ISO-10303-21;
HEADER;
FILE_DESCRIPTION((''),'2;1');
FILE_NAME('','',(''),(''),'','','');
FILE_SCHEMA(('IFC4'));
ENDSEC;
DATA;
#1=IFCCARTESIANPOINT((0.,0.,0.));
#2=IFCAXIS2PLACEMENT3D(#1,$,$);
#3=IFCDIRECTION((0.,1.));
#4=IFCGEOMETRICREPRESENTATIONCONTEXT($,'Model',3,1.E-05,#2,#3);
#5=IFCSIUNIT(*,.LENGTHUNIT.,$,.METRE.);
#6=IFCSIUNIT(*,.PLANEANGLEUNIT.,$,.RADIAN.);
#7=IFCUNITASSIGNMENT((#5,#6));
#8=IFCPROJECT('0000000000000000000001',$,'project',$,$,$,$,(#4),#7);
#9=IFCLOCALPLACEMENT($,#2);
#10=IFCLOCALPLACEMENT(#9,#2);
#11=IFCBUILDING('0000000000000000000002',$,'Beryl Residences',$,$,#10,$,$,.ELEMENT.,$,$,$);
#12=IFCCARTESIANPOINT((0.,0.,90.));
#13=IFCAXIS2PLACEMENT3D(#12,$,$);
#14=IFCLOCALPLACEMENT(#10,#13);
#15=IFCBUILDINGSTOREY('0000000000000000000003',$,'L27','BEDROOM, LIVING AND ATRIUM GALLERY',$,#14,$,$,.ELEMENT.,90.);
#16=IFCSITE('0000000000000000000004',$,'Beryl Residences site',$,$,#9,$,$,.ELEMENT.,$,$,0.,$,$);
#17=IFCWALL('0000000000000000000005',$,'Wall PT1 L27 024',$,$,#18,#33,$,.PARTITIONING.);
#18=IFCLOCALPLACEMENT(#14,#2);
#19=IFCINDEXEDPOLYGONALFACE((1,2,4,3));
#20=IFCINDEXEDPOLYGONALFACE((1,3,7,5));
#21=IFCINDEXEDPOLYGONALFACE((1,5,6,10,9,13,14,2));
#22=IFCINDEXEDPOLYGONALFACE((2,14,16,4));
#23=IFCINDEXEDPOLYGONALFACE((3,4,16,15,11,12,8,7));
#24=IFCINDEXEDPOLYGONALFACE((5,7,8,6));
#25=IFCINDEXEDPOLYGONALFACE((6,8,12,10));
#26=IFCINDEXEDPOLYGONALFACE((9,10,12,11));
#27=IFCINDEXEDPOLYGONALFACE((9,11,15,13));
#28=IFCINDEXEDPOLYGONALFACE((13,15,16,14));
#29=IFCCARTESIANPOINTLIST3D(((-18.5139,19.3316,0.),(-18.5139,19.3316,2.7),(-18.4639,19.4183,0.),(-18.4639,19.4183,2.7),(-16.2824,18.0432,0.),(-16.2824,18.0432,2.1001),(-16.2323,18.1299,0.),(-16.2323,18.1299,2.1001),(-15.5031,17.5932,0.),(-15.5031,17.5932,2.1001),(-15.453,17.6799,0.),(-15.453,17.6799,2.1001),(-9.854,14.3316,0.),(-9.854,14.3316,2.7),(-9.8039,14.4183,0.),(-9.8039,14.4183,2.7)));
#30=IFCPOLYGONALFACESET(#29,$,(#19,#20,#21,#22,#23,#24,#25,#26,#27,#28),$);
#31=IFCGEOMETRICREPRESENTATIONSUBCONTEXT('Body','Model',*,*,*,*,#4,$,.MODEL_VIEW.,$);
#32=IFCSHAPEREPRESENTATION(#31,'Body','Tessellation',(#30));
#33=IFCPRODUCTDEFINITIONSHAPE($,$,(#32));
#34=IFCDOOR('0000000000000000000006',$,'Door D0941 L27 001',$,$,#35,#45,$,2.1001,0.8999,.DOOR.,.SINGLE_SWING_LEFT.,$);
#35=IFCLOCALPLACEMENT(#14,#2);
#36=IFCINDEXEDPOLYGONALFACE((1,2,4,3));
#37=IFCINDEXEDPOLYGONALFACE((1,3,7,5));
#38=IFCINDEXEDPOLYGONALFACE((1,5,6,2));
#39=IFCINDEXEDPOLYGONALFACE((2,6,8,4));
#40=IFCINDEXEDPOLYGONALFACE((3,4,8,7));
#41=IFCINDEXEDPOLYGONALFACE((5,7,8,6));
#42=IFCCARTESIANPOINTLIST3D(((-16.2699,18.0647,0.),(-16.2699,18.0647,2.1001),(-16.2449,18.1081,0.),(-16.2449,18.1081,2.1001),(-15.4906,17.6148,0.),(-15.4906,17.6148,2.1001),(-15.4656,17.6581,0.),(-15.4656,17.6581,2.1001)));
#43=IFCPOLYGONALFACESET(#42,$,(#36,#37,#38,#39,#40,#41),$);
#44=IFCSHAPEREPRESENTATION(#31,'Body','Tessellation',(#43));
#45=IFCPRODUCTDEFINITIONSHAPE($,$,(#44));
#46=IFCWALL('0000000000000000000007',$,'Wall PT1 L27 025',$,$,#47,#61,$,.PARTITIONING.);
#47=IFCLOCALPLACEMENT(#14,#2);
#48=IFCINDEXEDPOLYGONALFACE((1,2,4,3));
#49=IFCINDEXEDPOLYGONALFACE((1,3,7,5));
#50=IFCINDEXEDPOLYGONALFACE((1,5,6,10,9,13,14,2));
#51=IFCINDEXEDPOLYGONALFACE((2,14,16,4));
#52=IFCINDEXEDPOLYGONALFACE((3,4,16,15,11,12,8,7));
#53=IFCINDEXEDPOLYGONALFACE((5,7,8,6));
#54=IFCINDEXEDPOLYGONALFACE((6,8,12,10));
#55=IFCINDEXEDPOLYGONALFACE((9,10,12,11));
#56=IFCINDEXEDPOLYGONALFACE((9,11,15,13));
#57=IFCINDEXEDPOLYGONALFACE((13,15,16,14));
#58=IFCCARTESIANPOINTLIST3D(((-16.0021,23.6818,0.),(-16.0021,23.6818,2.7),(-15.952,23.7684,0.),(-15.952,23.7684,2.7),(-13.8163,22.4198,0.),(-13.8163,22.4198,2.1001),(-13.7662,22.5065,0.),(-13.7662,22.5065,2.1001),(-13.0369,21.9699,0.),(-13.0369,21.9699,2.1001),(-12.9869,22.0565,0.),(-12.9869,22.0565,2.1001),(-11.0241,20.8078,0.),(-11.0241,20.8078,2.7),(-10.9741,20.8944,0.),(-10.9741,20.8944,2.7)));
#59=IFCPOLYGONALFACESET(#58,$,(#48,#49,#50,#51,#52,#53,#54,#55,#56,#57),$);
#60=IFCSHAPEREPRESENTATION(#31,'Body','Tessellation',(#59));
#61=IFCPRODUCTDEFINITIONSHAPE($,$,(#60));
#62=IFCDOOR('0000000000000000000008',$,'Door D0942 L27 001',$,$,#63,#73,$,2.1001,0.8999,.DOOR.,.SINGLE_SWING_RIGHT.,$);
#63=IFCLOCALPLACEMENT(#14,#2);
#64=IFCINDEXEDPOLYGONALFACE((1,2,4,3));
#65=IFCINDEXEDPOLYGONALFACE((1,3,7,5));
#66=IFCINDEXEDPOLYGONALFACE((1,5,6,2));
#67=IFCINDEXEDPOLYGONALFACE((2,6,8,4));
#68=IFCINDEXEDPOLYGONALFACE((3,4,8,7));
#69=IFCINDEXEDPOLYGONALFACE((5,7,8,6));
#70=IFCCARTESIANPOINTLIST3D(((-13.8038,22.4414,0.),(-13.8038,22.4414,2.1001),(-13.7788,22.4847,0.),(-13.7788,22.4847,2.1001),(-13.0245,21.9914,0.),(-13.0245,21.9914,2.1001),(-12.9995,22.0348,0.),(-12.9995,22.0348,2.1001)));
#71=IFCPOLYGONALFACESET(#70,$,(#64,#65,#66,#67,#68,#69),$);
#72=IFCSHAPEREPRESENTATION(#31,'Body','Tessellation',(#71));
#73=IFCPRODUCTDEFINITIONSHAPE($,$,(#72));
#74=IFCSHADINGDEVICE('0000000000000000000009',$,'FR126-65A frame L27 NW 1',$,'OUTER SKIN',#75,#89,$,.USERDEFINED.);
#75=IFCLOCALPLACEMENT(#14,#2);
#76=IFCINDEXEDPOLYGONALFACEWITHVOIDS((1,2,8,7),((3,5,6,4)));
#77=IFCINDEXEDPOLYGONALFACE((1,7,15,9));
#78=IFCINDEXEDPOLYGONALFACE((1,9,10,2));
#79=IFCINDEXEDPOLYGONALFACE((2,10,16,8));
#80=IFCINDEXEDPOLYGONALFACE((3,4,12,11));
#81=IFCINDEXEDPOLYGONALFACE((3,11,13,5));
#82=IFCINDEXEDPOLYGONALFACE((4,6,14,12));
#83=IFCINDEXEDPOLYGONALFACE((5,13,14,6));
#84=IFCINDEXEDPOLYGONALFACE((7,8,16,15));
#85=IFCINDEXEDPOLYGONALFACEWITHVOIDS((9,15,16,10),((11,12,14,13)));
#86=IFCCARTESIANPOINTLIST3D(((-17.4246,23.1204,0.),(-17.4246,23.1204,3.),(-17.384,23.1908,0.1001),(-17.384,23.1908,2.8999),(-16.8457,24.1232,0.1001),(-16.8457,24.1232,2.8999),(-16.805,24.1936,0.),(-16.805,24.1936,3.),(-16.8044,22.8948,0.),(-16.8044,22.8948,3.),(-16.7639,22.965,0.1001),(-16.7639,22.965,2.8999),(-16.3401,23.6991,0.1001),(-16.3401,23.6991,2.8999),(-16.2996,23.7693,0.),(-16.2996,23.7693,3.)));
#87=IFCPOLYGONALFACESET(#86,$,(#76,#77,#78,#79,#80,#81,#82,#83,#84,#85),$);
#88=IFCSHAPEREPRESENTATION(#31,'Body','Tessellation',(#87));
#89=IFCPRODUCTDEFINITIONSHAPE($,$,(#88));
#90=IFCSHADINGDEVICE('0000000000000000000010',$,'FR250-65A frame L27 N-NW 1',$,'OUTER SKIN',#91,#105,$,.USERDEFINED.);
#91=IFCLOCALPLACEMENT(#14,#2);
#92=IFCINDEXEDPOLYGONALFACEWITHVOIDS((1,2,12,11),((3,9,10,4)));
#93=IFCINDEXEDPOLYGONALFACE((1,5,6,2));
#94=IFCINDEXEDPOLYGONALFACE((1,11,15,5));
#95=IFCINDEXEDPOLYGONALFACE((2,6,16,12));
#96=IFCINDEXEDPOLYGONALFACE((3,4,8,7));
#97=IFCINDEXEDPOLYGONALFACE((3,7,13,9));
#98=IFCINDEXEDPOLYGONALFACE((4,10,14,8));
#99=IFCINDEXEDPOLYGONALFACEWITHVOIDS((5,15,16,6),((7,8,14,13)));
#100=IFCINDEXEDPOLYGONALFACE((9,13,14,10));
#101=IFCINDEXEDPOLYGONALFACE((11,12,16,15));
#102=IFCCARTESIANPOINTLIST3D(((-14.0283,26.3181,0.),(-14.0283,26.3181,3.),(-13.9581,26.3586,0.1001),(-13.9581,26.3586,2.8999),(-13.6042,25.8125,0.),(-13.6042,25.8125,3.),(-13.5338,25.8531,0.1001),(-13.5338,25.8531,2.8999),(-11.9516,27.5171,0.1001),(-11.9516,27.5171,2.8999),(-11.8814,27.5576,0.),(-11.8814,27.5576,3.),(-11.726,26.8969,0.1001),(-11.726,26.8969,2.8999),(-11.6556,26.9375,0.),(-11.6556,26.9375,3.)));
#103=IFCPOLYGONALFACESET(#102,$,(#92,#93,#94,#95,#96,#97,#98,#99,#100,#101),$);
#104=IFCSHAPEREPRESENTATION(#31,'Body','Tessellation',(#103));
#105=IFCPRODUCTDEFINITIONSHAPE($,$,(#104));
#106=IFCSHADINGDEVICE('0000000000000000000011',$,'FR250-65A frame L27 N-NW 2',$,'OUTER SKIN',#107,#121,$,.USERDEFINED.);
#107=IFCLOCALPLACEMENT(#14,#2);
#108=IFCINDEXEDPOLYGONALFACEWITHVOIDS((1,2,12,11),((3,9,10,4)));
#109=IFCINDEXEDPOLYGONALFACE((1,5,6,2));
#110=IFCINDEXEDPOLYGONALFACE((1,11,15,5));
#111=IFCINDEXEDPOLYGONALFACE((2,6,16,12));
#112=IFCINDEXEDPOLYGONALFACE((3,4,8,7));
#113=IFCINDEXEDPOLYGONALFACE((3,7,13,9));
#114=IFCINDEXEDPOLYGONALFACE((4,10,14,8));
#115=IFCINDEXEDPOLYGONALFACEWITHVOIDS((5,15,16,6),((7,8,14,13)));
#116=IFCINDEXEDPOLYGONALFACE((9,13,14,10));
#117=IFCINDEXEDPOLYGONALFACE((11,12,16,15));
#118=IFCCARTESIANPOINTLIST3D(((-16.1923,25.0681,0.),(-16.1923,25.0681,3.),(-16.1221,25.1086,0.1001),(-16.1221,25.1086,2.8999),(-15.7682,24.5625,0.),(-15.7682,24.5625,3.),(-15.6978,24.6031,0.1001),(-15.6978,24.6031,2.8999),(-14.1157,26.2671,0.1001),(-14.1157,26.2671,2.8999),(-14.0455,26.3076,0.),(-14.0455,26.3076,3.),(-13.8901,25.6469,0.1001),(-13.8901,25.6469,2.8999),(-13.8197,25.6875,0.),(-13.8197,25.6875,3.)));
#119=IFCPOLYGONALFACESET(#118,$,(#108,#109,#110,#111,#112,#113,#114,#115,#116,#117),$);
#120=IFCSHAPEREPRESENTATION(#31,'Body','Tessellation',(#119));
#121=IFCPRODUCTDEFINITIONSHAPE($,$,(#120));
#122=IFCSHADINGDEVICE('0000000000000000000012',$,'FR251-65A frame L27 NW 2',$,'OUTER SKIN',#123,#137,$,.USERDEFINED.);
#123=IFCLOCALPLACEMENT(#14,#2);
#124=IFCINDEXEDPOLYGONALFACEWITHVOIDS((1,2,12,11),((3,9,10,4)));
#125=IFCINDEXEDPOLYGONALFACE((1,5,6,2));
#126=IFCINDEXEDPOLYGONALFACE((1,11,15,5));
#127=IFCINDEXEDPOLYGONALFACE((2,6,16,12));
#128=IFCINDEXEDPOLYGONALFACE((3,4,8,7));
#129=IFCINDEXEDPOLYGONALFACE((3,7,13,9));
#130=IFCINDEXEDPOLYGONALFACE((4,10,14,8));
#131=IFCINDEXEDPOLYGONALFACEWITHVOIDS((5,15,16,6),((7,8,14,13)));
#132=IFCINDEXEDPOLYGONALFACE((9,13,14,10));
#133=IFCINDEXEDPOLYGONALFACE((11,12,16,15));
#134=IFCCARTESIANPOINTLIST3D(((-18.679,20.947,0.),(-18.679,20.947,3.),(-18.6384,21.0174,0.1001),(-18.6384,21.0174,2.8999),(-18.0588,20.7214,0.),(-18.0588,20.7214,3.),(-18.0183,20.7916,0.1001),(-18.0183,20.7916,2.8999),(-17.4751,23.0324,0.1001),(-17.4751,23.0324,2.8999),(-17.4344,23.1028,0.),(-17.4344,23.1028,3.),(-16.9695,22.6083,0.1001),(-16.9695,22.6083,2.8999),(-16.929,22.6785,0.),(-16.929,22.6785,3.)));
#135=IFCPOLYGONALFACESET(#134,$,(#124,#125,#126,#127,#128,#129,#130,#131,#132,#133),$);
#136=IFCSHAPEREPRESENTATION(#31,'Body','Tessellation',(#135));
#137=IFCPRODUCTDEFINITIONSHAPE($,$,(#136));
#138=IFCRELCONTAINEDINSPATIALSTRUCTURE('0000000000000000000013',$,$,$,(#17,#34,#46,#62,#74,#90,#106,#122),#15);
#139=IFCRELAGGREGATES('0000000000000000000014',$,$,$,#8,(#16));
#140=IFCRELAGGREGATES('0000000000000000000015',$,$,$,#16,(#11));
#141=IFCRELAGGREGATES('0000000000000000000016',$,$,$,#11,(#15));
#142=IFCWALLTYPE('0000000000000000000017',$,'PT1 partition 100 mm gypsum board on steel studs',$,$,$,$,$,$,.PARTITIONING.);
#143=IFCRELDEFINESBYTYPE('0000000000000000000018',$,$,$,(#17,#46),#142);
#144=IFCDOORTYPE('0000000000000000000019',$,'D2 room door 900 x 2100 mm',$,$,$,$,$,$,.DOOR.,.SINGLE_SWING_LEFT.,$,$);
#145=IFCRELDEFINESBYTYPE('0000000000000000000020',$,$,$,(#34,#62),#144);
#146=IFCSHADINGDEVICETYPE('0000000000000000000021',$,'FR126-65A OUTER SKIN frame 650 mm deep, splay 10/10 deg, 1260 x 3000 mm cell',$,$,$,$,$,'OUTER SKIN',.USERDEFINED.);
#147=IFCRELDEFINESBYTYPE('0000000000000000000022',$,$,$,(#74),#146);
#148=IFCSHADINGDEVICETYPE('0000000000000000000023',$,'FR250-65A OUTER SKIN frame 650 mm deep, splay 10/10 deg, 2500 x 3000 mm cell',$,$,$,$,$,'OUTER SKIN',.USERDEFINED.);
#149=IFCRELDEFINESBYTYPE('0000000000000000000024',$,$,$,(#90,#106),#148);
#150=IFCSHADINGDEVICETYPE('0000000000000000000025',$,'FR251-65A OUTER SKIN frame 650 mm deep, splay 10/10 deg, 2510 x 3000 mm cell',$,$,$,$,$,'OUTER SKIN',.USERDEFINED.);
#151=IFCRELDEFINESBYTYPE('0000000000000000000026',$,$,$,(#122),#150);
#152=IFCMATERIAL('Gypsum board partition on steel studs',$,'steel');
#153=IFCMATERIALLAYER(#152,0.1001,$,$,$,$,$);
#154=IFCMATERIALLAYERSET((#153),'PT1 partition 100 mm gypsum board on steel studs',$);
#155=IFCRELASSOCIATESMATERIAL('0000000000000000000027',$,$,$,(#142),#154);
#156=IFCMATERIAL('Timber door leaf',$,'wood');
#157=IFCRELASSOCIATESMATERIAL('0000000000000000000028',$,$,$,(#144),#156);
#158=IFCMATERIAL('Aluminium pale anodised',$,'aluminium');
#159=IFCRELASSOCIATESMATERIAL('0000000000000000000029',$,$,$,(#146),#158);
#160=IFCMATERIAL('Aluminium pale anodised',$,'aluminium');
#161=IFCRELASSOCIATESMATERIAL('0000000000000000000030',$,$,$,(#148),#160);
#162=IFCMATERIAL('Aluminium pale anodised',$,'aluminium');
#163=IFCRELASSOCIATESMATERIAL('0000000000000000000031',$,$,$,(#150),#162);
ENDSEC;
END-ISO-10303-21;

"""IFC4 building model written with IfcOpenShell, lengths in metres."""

from ifc_helpers import new_model, entity, si_unit, direction, frame, frame_2d, origin, place, context, subcontext, project, spatial, rectangle, extrude, source, transform, mapped, material, layer, layer_set, type_object, type_shapes, element, fill, save


model = new_model("IFC4")

# Units and contexts
model_context = context("Model", 3, precision=1e-05, world=origin(), true_north=direction((0.0, 1.0)))
body_context = subcontext(model_context, "Body", "Model", "MODEL_VIEW")
ifc_project = project(units=[si_unit("LENGTHUNIT", "METRE"), si_unit("PLANEANGLEUNIT", "RADIAN")], contexts=[model_context])

# Site, building, storey
site_placement = place(None, origin())
site = spatial("IfcSite", under=ifc_project, at=site_placement, Name="Beryl Residences site", CompositionType="ELEMENT", RefElevation=0.0)
building_placement = place(site_placement, origin())
building = spatial("IfcBuilding", under=site, at=building_placement, Name="Beryl Residences", CompositionType="ELEMENT")
storey_placement = place(building_placement, frame((0.0, 0.0, 90.0)))
storey = spatial("IfcBuildingStorey", under=building, at=storey_placement, Name="L27", Description="BEDROOM, LIVING AND ATRIUM GALLERY", CompositionType="ELEMENT", Elevation=90.0)

# Walls, openings, doors
ifc_material_1 = material(Name="Gypsum board partition on steel studs", Category="steel")
ifc_layer_1 = layer(ifc_material_1, 0.1001)
ifc_layer_set_1 = layer_set([ifc_layer_1], Name="PT1 partition 100 mm gypsum board on steel studs")
wall_type_1 = type_object("IfcWallType", Name="PT1 partition 100 mm gypsum board on steel studs", PredefinedType="PARTITIONING", material=ifc_layer_set_1)
wall_1_placement = place(storey_placement, frame((-18.489, 19.375, 0.0), z_axis=(0.0, 0.0, 1.0), x_axis=(0.866017, -0.500015, 0.0)))
wall_1 = element("IfcWall", 1, at=wall_1_placement, inside=storey, type_object=wall_type_1, Name="Wall PT1 L27 024", PredefinedType="PARTITIONING", context=body_context, shape_type="SweptSolid", body=[
    extrude(rectangle(XDim=9.9998, YDim=0.1001, at=frame_2d((5.0, 0.0))), origin(), (0.0, 0.0, 1.0), 2.7),
])
opening_1_placement = place(wall_1_placement, frame((2.5769, 0.0, 0.0)))
opening_1 = element("IfcOpeningElement", 2, at=opening_1_placement, cuts=wall_1, PredefinedType="OPENING", context=body_context, shape_type="SweptSolid", body=[
    extrude(rectangle(XDim=0.8999, YDim=2.1001, at=frame_2d((0.45, 1.05))), frame((0.0, 0.0601, 0.0), z_axis=(0.0, -1.0, 0.0), x_axis=(1.0, 0.0, 0.0)), (0.0, 0.0, 1.0), 0.1201),
])
ifc_material_2 = material(Name="Timber door leaf", Category="wood")
door_type = type_object("IfcDoorType", Name="D2 room door 900 x 2100 mm", OperationType="SINGLE_SWING_LEFT", PredefinedType="DOOR", material=ifc_material_2)
door_1_placement = place(opening_1_placement, origin())
door_1 = element("IfcDoor", 3, at=door_1_placement, inside=storey, type_object=door_type, Name="Door D0941 L27 001", OperationType="SINGLE_SWING_LEFT", OverallHeight=2.1001, OverallWidth=0.8999, PredefinedType="DOOR", context=body_context, shape_type="SweptSolid", body=[
    extrude(rectangle(XDim=0.8999, YDim=2.1001, at=frame_2d((0.45, 1.05))), frame((0.0, 0.0249, 0.0), z_axis=(0.0, -1.0, 0.0), x_axis=(1.0, 0.0, 0.0)), (0.0, 0.0, 1.0), 0.05),
])
fill(opening_1, door_1)
wall_2_placement = place(storey_placement, frame((-15.9771, 23.7251, 0.0), z_axis=(0.0, 0.0, 1.0), x_axis=(0.866029, -0.499995, 0.0)))
wall_2 = element("IfcWall", 4, at=wall_2_placement, inside=storey, type_object=wall_type_1, Name="Wall PT1 L27 025", PredefinedType="PARTITIONING", context=body_context, shape_type="SweptSolid", body=[
    extrude(rectangle(XDim=5.748, YDim=0.1001, at=frame_2d((2.874, 0.0))), origin(), (0.0, 0.0, 1.0), 2.7),
])
opening_2_placement = place(wall_2_placement, frame((2.5239, 0.0, 0.0)))
opening_2 = element("IfcOpeningElement", 5, at=opening_2_placement, cuts=wall_2, PredefinedType="OPENING", context=body_context, shape_type="SweptSolid", body=[
    extrude(rectangle(XDim=0.8999, YDim=2.1001, at=frame_2d((0.45, 1.05))), frame((0.0, 0.0601, 0.0), z_axis=(0.0, -1.0, 0.0), x_axis=(1.0, 0.0, 0.0)), (0.0, 0.0, 1.0), 0.1201),
])
door_2_placement = place(opening_2_placement, origin())
door_2 = element("IfcDoor", 6, at=door_2_placement, inside=storey, type_object=door_type, Name="Door D0942 L27 001", OperationType="SINGLE_SWING_RIGHT", OverallHeight=2.1001, OverallWidth=0.8999, PredefinedType="DOOR", context=body_context, shape_type="SweptSolid", body=[
    extrude(rectangle(XDim=0.8999, YDim=2.1001, at=frame_2d((0.45, 1.05))), frame((0.0, 0.0249, 0.0), z_axis=(0.0, -1.0, 0.0), x_axis=(1.0, 0.0, 0.0)), (0.0, 0.0, 1.0), 0.05),
])
fill(opening_2, door_2)

# Shading devices
ifc_material_3 = material(Name="Aluminium pale anodised", Category="aluminium")
shading_device_type_1 = type_object("IfcShadingDeviceType", Name="FR126-65A OUTER SKIN frame 650 mm deep, splay 10/10 deg, 1260 x 3000 mm cell", ElementType="OUTER SKIN", PredefinedType="USERDEFINED", material=ifc_material_3)
cartesian_point_1 = entity("IfcCartesianPoint", [-0.5049, 0.0])
cartesian_point_2 = entity("IfcCartesianPoint", [-0.4238, 0.1001])
cartesian_point_3 = entity("IfcCartesianPoint", [-0.6196, 0.0])
cartesian_point_4 = entity("IfcCartesianPoint", [-0.5383, 0.1001])
shared_shape_1 = source(origin(), body_context, "Body", "SweptSolid", [
    entity("IfcExtrudedAreaSolidTapered", entity("IfcArbitraryProfileDefWithVoids", "AREA", None, entity("IfcPolyline", [cartesian_point_1, entity("IfcCartesianPoint", [0.5049, 0.0]), entity("IfcCartesianPoint", [0.5049, 3.0]), entity("IfcCartesianPoint", [-0.5049, 3.0]), cartesian_point_1]), [entity("IfcPolyline", [cartesian_point_2, entity("IfcCartesianPoint", [0.4238, 0.1001]), entity("IfcCartesianPoint", [0.4238, 2.8999]), entity("IfcCartesianPoint", [-0.4238, 2.8999]), cartesian_point_2])]), entity("IfcAxis2Placement3D", entity("IfcCartesianPoint", [0.0, 0.0, 0.0]), entity("IfcDirection", [0.0, 1.0, 0.0]), entity("IfcDirection", [-1.0, 0.0, 0.0])), entity("IfcDirection", [0.0, 0.0, 1.0]), 0.6499, entity("IfcArbitraryProfileDefWithVoids", "AREA", None, entity("IfcPolyline", [cartesian_point_3, entity("IfcCartesianPoint", [0.6196, 0.0]), entity("IfcCartesianPoint", [0.6196, 3.0]), entity("IfcCartesianPoint", [-0.6196, 3.0]), cartesian_point_3]), [entity("IfcPolyline", [cartesian_point_4, entity("IfcCartesianPoint", [0.5383, 0.1001]), entity("IfcCartesianPoint", [0.5383, 2.8999]), entity("IfcCartesianPoint", [-0.5383, 2.8999]), cartesian_point_4])])),
])
type_shapes(shading_device_type_1, [shared_shape_1])
shading_device_placement = place(storey_placement, frame((-16.552, 23.332, 0.0), z_axis=(0.0, 0.0, 1.0), x_axis=(0.5, 0.866025, 0.0)))
element("IfcShadingDevice", 7, at=shading_device_placement, inside=storey, type_object=shading_device_type_1, Name="FR126-65A frame L27 NW 1", ObjectType="OUTER SKIN", PredefinedType="USERDEFINED", context=body_context, shape_type="MappedRepresentation", body=[
    mapped(shared_shape_1, transform((0.0, 0.0, 0.0))),
])
ifc_material_4 = material(Name="Aluminium pale anodised", Category="aluminium")
shading_device_type_2 = type_object("IfcShadingDeviceType", Name="FR250-65A OUTER SKIN frame 650 mm deep, splay 10/10 deg, 2500 x 3000 mm cell", ElementType="OUTER SKIN", PredefinedType="USERDEFINED", material=ifc_material_4)
cartesian_point_5 = entity("IfcCartesianPoint", [-1.125, 0.0])
cartesian_point_6 = entity("IfcCartesianPoint", [-1.0437, 0.1001])
cartesian_point_7 = entity("IfcCartesianPoint", [-1.2395, 0.0])
cartesian_point_8 = entity("IfcCartesianPoint", [-1.1584, 0.1001])
shared_shape_2 = source(origin(), body_context, "Body", "SweptSolid", [
    entity("IfcExtrudedAreaSolidTapered", entity("IfcArbitraryProfileDefWithVoids", "AREA", None, entity("IfcPolyline", [cartesian_point_5, entity("IfcCartesianPoint", [1.125, 0.0]), entity("IfcCartesianPoint", [1.125, 3.0]), entity("IfcCartesianPoint", [-1.125, 3.0]), cartesian_point_5]), [entity("IfcPolyline", [cartesian_point_6, entity("IfcCartesianPoint", [1.0437, 0.1001]), entity("IfcCartesianPoint", [1.0437, 2.8999]), entity("IfcCartesianPoint", [-1.0437, 2.8999]), cartesian_point_6])]), entity("IfcAxis2Placement3D", entity("IfcCartesianPoint", [0.0, 0.0, 0.0]), entity("IfcDirection", [0.0, 1.0, 0.0]), entity("IfcDirection", [-1.0, 0.0, 0.0])), entity("IfcDirection", [0.0, 0.0, 1.0]), 0.6499, entity("IfcArbitraryProfileDefWithVoids", "AREA", None, entity("IfcPolyline", [cartesian_point_7, entity("IfcCartesianPoint", [1.2395, 0.0]), entity("IfcCartesianPoint", [1.2395, 3.0]), entity("IfcCartesianPoint", [-1.2395, 3.0]), cartesian_point_7]), [entity("IfcPolyline", [cartesian_point_8, entity("IfcCartesianPoint", [1.1584, 0.1001]), entity("IfcCartesianPoint", [1.1584, 2.8999]), entity("IfcCartesianPoint", [-1.1584, 2.8999]), cartesian_point_8])])),
])
type_shapes(shading_device_type_2, [shared_shape_2])
for number, where, z_axis, x_axis, name in (
    (8, (-12.6299, 26.375, 0.0), (0.0, 0.0, 1.0), (0.866025, 0.5, 0.0), "FR250-65A frame L27 N-NW 1"),
    (9, (-14.7939, 25.125, 0.0), (0.0, 0.0, 1.0), (0.866025, 0.5, 0.0), "FR250-65A frame L27 N-NW 2"),
):
    element("IfcShadingDevice", number, at=place(storey_placement, frame(where, z_axis=z_axis, x_axis=x_axis)), inside=storey, type_object=shading_device_type_2, Name=name, ObjectType="OUTER SKIN", PredefinedType="USERDEFINED", context=body_context, shape_type="MappedRepresentation", body=[
        mapped(shared_shape_2, transform((0.0, 0.0, 0.0))),
    ])
ifc_material_5 = material(Name="Aluminium pale anodised", Category="aluminium")
shading_device_type_3 = type_object("IfcShadingDeviceType", Name="FR251-65A OUTER SKIN frame 650 mm deep, splay 10/10 deg, 2510 x 3000 mm cell", ElementType="OUTER SKIN", PredefinedType="USERDEFINED", material=ifc_material_5)
cartesian_point_9 = entity("IfcCartesianPoint", [-1.1299, 0.0])
cartesian_point_10 = entity("IfcCartesianPoint", [-1.0488, 0.1001])
cartesian_point_11 = entity("IfcCartesianPoint", [-1.2446, 0.0])
cartesian_point_12 = entity("IfcCartesianPoint", [-1.1633, 0.1001])
shared_shape_3 = source(origin(), body_context, "Body", "SweptSolid", [
    entity("IfcExtrudedAreaSolidTapered", entity("IfcArbitraryProfileDefWithVoids", "AREA", None, entity("IfcPolyline", [cartesian_point_9, entity("IfcCartesianPoint", [1.1299, 0.0]), entity("IfcCartesianPoint", [1.1299, 3.0]), entity("IfcCartesianPoint", [-1.1299, 3.0]), cartesian_point_9]), [entity("IfcPolyline", [cartesian_point_10, entity("IfcCartesianPoint", [1.0488, 0.1001]), entity("IfcCartesianPoint", [1.0488, 2.8999]), entity("IfcCartesianPoint", [-1.0488, 2.8999]), cartesian_point_10])]), entity("IfcAxis2Placement3D", entity("IfcCartesianPoint", [0.0, 0.0, 0.0]), entity("IfcDirection", [0.0, 1.0, 0.0]), entity("IfcDirection", [-1.0, 0.0, 0.0])), entity("IfcDirection", [0.0, 0.0, 1.0]), 0.6499, entity("IfcArbitraryProfileDefWithVoids", "AREA", None, entity("IfcPolyline", [cartesian_point_11, entity("IfcCartesianPoint", [1.2446, 0.0]), entity("IfcCartesianPoint", [1.2446, 3.0]), entity("IfcCartesianPoint", [-1.2446, 3.0]), cartesian_point_11]), [entity("IfcPolyline", [cartesian_point_12, entity("IfcCartesianPoint", [1.1633, 0.1001]), entity("IfcCartesianPoint", [1.1633, 2.8999]), entity("IfcCartesianPoint", [-1.1633, 2.8999]), cartesian_point_12])])),
])
type_shapes(shading_device_type_3, [shared_shape_3])
for number, where, z_axis, x_axis, name in (
    (10, (-17.4939, 21.7, 0.0), (0.0, 0.0, 1.0), (0.5, 0.866025, 0.0), "FR251-65A frame L27 NW 2"),
):
    element("IfcShadingDevice", number, at=place(storey_placement, frame(where, z_axis=z_axis, x_axis=x_axis)), inside=storey, type_object=shading_device_type_3, Name=name, ObjectType="OUTER SKIN", PredefinedType="USERDEFINED", context=body_context, shape_type="MappedRepresentation", body=[
        mapped(shared_shape_3, transform((0.0, 0.0, 0.0))),
    ])

save(model, "model.ifc")
